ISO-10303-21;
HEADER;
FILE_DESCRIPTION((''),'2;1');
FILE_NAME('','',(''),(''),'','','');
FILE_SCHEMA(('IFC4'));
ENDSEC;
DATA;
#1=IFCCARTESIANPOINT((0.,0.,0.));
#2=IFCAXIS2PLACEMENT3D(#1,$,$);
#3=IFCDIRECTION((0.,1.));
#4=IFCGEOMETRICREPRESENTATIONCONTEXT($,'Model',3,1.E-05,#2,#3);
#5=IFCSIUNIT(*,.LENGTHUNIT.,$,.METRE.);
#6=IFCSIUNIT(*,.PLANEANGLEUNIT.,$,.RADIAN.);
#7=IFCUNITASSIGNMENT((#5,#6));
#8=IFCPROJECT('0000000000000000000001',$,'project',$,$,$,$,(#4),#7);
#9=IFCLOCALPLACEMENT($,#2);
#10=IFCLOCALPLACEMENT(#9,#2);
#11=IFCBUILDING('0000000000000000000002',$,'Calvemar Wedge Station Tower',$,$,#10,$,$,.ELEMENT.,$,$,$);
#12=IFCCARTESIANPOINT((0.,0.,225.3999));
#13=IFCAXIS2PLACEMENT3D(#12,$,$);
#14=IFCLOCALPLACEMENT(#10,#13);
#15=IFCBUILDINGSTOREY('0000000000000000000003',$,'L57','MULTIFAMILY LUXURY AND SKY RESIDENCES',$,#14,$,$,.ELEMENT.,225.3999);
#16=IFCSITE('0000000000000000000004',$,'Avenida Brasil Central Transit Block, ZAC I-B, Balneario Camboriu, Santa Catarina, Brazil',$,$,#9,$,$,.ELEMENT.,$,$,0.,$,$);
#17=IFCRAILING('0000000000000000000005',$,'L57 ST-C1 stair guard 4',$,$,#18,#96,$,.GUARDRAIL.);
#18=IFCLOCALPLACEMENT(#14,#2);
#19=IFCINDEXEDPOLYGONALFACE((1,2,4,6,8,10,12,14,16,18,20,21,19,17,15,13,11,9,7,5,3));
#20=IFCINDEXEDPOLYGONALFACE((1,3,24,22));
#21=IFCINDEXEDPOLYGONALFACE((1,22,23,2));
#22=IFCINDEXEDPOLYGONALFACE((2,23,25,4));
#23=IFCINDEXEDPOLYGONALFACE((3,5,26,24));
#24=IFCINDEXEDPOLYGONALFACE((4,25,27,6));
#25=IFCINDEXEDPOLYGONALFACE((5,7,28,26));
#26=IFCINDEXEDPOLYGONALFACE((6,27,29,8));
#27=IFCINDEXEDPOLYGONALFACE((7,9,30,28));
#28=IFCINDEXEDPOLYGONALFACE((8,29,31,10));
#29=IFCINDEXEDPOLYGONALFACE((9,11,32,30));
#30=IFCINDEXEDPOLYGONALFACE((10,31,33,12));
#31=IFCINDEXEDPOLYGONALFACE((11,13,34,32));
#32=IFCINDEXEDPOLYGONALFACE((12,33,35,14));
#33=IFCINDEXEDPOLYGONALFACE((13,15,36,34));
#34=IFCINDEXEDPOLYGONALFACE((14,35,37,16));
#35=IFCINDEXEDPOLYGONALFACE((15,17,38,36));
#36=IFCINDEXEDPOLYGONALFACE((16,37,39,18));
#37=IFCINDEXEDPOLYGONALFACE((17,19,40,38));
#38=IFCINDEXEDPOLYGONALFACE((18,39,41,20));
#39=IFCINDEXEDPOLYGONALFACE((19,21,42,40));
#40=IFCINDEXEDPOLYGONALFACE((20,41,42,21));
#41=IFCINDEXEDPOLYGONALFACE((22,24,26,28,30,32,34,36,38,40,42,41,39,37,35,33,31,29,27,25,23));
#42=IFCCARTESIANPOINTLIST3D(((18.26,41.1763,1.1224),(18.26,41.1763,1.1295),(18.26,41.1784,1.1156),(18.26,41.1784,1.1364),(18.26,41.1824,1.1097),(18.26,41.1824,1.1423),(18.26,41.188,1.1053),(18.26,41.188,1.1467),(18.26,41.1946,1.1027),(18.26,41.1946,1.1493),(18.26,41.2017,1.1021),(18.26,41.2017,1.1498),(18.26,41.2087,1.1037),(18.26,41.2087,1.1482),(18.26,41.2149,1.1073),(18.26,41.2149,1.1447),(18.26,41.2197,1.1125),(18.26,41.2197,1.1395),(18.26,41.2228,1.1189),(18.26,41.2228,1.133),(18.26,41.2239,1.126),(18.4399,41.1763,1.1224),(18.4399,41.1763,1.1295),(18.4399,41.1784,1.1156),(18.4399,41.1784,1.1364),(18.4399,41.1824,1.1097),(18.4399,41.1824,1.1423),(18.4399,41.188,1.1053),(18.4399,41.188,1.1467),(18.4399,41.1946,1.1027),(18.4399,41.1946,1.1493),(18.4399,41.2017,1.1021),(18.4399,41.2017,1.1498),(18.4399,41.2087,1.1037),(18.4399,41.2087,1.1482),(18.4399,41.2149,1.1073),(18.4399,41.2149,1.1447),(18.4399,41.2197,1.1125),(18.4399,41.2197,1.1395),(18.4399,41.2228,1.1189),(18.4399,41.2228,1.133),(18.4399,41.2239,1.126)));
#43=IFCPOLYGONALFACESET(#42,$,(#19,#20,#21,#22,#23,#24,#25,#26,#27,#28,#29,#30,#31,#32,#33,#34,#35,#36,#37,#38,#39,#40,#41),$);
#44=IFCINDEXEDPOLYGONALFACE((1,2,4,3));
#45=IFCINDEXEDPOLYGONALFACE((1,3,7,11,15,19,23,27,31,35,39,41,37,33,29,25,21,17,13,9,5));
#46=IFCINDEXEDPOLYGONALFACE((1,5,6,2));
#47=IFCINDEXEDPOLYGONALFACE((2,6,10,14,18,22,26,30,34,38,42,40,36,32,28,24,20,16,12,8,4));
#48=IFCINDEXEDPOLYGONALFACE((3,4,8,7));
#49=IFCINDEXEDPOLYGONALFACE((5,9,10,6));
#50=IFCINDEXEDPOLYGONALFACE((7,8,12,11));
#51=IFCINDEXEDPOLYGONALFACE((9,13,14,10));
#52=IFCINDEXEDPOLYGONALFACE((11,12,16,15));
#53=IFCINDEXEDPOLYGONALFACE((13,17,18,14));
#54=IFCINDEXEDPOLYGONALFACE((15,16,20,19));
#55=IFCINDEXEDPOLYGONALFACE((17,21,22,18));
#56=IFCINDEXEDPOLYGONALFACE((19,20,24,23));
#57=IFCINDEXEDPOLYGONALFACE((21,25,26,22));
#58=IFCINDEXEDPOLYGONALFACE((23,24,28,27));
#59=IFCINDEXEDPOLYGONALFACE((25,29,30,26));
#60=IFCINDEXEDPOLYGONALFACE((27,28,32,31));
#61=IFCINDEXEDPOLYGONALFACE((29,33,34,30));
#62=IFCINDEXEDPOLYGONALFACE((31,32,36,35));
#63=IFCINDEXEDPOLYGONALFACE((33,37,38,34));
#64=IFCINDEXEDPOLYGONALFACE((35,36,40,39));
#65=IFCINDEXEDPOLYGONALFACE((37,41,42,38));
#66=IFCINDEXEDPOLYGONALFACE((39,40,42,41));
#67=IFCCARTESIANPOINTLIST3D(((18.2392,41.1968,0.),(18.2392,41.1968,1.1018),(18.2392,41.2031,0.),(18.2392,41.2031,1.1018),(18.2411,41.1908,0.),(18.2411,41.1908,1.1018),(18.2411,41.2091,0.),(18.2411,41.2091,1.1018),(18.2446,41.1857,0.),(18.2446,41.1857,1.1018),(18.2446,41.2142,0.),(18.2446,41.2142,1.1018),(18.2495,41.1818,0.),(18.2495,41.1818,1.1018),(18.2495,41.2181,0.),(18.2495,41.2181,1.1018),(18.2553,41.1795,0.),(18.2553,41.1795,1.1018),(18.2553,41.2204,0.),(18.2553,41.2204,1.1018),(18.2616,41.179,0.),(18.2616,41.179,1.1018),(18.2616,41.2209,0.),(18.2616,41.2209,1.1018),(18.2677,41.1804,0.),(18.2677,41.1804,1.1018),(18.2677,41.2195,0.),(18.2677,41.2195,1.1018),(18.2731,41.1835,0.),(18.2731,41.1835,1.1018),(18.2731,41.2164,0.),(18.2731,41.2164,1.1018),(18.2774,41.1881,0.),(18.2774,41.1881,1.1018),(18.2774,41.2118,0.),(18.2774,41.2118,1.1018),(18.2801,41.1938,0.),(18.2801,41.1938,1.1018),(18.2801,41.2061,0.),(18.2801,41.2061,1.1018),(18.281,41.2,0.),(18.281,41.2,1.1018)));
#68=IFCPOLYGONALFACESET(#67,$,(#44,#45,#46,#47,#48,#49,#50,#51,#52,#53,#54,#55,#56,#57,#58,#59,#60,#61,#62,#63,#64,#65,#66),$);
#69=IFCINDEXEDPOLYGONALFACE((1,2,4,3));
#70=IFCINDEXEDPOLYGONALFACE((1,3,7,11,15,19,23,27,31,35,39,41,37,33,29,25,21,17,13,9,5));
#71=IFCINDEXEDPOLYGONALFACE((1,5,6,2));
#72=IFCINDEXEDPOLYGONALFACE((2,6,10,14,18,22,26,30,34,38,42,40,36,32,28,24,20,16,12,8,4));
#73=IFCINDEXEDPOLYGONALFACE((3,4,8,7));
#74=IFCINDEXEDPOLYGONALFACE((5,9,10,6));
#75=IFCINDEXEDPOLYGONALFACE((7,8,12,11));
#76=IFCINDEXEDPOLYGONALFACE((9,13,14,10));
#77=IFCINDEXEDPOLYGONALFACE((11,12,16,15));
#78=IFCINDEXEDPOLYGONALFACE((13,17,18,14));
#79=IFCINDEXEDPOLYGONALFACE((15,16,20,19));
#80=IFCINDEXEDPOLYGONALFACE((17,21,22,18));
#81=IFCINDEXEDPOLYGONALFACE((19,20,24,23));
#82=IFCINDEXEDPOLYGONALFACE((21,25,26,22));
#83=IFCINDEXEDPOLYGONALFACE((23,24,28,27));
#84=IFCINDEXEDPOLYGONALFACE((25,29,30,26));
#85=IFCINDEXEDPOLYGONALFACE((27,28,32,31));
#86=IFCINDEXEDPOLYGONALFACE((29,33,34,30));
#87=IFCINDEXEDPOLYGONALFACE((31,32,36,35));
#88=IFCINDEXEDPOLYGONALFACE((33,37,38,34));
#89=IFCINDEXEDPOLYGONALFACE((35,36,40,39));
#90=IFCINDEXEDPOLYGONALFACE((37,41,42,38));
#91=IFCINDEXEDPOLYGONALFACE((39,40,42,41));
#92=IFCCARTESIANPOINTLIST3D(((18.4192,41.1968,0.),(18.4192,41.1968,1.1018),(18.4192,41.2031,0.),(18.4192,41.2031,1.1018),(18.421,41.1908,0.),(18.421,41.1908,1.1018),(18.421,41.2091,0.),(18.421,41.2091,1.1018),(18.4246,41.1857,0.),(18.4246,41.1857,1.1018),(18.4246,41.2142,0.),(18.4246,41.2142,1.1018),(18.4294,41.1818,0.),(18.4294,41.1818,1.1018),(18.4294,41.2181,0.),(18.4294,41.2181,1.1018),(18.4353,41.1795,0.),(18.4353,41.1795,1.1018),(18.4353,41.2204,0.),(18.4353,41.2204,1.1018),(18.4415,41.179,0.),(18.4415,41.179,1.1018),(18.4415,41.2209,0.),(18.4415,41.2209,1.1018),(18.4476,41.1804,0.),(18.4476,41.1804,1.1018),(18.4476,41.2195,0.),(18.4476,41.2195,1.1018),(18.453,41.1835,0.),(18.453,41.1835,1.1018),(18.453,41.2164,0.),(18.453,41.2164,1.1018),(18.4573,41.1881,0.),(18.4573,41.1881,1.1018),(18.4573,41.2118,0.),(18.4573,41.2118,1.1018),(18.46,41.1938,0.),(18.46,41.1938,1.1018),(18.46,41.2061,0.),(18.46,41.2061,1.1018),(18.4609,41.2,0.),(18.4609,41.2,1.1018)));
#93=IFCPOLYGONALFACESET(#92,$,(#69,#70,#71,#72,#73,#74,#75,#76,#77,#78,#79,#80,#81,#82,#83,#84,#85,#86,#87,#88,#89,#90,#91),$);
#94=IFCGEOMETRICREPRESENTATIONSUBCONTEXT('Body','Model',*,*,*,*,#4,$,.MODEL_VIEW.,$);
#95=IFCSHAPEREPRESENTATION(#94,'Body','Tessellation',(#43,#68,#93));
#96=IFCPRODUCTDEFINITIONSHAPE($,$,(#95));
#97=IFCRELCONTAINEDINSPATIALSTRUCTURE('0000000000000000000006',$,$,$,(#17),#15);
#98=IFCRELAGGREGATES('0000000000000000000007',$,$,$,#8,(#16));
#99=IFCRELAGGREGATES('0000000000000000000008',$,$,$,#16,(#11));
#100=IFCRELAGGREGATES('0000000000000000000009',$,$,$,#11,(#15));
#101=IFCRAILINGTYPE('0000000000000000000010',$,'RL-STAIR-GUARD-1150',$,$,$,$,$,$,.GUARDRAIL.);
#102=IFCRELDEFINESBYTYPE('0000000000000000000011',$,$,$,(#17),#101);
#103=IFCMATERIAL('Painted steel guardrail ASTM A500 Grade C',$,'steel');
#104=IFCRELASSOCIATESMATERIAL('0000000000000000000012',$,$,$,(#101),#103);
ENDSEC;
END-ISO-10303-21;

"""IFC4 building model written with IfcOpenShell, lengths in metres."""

from ifc_helpers import new_model, si_unit, direction, frame, origin, origin_2d, place, context, subcontext, project, spatial, circle, extrude, material, type_object, element, save


model = new_model("IFC4")

# Units and contexts
model_context = context("Model", 3, precision=1e-05, world=origin(), true_north=direction((0.0, 1.0)))
body_context = subcontext(model_context, "Body", "Model", "MODEL_VIEW")
ifc_project = project(units=[si_unit("LENGTHUNIT", "METRE"), si_unit("PLANEANGLEUNIT", "RADIAN")], contexts=[model_context])

# Site, building, storey
site_placement = place(None, origin())
site = spatial("IfcSite", under=ifc_project, at=site_placement, Name="Avenida Brasil Central Transit Block, ZAC I-B, Balneario Camboriu, Santa Catarina, Brazil", CompositionType="ELEMENT", RefElevation=0.0)
building_placement = place(site_placement, origin())
building = spatial("IfcBuilding", under=site, at=building_placement, Name="Calvemar Wedge Station Tower", CompositionType="ELEMENT")
storey_placement = place(building_placement, frame((0.0, 0.0, 225.3999)))
storey = spatial("IfcBuildingStorey", under=building, at=storey_placement, Name="L57", Description="MULTIFAMILY LUXURY AND SKY RESIDENCES", CompositionType="ELEMENT", Elevation=225.3999)

# Railing
ifc_material_1 = material(Name="Painted steel guardrail ASTM A500 Grade C", Category="steel")
railing_type_1 = type_object("IfcRailingType", Name="RL-STAIR-GUARD-1150", PredefinedType="GUARDRAIL", material=ifc_material_1)
railing_1_placement = place(storey_placement, frame((18.26, 41.2, 0.0)))
element("IfcRailing", 1, at=railing_1_placement, inside=storey, type_object=railing_type_1, Name="L57 ST-C1 stair guard 4", PredefinedType="GUARDRAIL", context=body_context, shape_type="SweptSolid", body=[
    extrude(circle(Radius=0.0239, at=origin_2d()), frame((0.0, 0.0, 1.126), z_axis=(1.0, 0.0, 0.0), x_axis=(0.0, 1.0, 0.0)), (0.0, 0.0, 1.0), 0.1799),
    extrude(circle(Radius=0.021, at=origin_2d()), origin(), (0.0, 0.0, 1.0), 1.1018),
    extrude(circle(Radius=0.021, at=origin_2d()), frame((0.1799, 0.0, 0.0)), (0.0, 0.0, 1.0), 1.1018),
])

save(model, "model.ifc")
